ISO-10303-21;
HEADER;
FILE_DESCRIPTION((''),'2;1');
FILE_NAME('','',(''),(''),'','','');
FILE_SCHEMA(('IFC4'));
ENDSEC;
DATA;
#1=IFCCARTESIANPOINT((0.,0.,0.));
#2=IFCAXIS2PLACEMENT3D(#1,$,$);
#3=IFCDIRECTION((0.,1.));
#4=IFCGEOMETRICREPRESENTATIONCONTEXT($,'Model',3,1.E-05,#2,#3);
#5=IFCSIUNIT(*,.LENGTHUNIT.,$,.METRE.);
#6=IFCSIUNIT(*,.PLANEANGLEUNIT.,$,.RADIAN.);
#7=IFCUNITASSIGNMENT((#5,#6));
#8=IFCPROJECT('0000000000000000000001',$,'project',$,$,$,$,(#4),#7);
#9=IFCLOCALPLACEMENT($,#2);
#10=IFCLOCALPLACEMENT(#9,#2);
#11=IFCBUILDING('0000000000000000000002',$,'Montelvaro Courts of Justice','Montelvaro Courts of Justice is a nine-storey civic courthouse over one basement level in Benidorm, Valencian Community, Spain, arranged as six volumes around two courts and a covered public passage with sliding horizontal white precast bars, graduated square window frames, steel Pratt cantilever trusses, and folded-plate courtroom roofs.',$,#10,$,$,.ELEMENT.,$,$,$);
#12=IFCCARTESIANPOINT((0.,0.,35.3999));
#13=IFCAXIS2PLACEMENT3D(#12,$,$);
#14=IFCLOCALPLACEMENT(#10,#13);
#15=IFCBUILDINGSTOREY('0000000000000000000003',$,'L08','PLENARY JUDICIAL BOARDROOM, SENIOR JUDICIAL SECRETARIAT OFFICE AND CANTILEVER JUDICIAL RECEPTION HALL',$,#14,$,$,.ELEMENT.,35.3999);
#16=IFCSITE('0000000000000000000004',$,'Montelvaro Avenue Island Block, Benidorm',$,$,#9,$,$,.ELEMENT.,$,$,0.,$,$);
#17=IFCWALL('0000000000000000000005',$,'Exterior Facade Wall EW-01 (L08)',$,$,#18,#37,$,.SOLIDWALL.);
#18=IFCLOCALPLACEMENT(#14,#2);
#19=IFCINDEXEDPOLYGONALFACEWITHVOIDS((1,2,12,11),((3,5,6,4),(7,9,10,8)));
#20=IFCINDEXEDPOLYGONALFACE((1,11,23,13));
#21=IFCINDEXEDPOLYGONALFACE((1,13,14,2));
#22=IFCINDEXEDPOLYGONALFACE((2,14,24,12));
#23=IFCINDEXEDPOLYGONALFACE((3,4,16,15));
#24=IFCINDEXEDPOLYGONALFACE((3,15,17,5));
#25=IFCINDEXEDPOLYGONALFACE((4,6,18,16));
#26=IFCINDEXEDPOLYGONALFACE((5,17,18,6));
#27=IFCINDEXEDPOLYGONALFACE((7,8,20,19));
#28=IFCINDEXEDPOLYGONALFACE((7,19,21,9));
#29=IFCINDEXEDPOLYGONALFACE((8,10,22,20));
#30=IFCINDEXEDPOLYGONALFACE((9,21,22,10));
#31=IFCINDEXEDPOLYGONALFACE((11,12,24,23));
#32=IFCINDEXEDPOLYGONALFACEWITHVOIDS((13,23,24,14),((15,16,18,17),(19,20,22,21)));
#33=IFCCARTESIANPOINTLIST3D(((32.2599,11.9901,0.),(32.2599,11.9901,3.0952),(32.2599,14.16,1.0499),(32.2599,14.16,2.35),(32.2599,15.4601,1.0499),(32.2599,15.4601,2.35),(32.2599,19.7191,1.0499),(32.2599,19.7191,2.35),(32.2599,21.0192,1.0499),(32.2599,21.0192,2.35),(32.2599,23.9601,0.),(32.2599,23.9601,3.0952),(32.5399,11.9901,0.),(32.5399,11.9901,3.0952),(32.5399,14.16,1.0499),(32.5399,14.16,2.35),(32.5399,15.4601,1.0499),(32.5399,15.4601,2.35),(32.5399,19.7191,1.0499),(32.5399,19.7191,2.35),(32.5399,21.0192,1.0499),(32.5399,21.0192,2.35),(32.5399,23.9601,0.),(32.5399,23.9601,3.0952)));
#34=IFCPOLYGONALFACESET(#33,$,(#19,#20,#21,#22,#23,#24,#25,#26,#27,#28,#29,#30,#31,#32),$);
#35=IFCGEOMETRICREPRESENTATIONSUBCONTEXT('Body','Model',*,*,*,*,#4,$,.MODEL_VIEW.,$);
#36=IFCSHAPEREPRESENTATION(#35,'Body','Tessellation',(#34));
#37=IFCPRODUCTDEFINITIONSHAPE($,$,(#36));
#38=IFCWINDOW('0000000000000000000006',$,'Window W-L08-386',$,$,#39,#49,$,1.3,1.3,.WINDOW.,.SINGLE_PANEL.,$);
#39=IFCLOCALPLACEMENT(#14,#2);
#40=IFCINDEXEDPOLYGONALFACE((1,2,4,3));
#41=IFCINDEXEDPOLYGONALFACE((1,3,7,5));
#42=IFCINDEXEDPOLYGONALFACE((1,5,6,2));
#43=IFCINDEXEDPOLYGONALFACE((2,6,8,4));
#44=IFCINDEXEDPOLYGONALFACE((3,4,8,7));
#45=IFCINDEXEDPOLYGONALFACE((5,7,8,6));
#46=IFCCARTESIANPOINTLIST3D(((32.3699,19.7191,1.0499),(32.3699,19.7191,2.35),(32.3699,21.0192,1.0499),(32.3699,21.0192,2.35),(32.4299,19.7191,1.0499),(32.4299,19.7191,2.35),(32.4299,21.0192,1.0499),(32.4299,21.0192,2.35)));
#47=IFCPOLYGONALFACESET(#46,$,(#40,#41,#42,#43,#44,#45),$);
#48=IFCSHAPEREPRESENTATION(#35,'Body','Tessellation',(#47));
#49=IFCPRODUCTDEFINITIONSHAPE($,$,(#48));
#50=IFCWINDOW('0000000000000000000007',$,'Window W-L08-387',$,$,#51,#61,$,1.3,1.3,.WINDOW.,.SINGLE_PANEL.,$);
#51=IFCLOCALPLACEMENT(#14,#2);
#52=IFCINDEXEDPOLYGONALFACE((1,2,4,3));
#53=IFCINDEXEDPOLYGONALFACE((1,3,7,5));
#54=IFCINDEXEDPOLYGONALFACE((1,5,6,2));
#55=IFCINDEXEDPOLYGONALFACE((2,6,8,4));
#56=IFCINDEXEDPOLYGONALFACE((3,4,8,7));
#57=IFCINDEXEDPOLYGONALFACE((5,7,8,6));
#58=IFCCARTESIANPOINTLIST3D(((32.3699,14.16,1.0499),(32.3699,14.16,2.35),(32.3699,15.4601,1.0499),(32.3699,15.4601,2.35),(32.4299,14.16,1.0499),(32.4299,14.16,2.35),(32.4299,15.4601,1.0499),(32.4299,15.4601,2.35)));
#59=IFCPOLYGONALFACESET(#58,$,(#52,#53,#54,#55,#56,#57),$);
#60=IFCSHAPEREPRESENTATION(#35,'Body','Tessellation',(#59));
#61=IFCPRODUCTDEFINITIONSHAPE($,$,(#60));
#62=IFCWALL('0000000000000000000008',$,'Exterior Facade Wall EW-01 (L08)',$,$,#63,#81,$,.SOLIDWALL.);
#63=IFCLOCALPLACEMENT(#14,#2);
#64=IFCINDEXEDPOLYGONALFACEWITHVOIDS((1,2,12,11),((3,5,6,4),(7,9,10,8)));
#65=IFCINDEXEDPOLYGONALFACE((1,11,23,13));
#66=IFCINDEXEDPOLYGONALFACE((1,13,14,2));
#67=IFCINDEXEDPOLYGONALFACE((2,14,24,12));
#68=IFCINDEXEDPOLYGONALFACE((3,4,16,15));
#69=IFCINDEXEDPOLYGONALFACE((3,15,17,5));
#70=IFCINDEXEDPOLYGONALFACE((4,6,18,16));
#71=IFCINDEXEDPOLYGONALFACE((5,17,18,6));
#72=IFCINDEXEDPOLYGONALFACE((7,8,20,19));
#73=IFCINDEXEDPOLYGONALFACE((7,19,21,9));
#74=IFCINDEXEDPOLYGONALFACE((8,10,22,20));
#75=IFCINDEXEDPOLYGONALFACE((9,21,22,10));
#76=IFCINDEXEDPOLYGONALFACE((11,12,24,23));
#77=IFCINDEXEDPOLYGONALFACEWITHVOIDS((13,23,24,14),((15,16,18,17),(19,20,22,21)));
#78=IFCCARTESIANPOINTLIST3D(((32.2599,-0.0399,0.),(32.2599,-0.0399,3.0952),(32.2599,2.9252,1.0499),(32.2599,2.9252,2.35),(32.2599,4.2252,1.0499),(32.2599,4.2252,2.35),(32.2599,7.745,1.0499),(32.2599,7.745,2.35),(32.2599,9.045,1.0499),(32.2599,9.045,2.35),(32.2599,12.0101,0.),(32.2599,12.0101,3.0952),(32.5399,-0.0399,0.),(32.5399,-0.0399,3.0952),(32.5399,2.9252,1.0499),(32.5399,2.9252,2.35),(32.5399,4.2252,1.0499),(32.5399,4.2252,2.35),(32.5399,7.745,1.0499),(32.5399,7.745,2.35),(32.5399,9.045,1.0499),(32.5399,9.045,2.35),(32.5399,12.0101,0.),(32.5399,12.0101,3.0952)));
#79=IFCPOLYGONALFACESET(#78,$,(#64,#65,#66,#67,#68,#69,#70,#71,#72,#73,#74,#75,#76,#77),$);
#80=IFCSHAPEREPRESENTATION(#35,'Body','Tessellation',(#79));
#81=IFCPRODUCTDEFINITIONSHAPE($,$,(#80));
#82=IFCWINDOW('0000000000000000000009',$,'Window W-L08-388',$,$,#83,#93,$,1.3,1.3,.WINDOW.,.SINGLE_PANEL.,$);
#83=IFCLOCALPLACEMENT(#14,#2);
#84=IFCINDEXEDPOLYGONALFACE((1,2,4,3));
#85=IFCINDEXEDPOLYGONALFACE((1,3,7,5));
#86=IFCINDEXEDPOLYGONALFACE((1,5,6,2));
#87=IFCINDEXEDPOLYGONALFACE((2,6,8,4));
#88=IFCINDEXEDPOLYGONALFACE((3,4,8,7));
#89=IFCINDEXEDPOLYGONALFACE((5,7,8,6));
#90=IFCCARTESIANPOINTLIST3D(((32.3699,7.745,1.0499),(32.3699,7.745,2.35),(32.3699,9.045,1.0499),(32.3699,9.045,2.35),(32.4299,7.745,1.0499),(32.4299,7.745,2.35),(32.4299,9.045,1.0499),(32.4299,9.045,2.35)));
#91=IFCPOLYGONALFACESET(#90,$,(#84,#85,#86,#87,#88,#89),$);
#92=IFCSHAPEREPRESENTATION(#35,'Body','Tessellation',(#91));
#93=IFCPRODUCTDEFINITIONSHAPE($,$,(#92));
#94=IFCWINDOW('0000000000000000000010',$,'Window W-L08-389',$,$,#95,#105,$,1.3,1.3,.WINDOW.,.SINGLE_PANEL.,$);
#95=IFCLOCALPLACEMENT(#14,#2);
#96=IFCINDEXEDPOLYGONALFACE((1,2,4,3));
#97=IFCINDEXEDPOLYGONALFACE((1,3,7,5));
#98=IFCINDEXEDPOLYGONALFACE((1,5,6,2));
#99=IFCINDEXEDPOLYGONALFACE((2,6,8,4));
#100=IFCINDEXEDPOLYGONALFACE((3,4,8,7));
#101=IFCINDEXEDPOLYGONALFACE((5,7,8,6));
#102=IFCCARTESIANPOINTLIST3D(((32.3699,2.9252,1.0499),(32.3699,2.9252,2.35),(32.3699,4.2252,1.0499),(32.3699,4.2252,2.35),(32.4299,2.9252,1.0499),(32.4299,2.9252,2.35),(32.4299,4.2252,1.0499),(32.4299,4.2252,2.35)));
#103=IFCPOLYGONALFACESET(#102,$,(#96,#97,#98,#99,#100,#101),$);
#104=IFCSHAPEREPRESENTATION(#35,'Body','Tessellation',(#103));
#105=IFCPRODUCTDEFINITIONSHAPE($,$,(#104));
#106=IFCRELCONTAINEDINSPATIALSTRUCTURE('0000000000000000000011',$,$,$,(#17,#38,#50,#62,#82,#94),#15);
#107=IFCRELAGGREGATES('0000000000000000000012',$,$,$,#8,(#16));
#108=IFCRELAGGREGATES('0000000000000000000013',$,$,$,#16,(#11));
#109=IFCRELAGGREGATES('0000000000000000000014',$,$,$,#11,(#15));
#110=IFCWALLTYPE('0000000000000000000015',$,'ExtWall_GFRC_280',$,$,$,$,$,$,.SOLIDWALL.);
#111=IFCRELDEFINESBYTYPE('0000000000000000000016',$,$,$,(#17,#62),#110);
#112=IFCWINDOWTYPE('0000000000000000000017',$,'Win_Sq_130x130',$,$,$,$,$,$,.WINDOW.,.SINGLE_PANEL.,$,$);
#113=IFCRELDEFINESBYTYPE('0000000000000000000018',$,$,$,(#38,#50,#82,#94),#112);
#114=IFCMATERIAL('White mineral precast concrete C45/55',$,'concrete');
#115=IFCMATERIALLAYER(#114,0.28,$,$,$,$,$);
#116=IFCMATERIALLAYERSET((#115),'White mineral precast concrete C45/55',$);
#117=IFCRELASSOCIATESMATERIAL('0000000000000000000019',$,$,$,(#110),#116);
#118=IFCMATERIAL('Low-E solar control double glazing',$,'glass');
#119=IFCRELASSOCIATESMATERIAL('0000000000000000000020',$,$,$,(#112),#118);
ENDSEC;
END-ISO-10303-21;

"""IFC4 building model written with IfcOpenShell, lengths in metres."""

from ifc_helpers import new_model, si_unit, direction, frame, frame_2d, origin, place, context, subcontext, project, spatial, rectangle, extrude, material, layer, layer_set, type_object, element, fill, save


model = new_model("IFC4")

# Units and contexts
model_context = context("Model", 3, precision=1e-05, world=origin(), true_north=direction((0.0, 1.0)))
body_context = subcontext(model_context, "Body", "Model", "MODEL_VIEW")
ifc_project = project(units=[si_unit("LENGTHUNIT", "METRE"), si_unit("PLANEANGLEUNIT", "RADIAN")], contexts=[model_context])

# Site, building, storey
site_placement = place(None, origin())
site = spatial("IfcSite", under=ifc_project, at=site_placement, Name="Montelvaro Avenue Island Block, Benidorm", CompositionType="ELEMENT", RefElevation=0.0)
building_placement = place(site_placement, origin())
building = spatial("IfcBuilding", under=site, at=building_placement, Name="Montelvaro Courts of Justice", Description="Montelvaro Courts of Justice is a nine-storey civic courthouse over one basement level in Benidorm, Valencian Community, Spain, arranged as six volumes around two courts and a covered public passage with sliding horizontal white precast bars, graduated square window frames, steel Pratt cantilever trusses, and folded-plate courtroom roofs.", CompositionType="ELEMENT")
storey_placement = place(building_placement, frame((0.0, 0.0, 35.3999)))
storey = spatial("IfcBuildingStorey", under=building, at=storey_placement, Name="L08", Description="PLENARY JUDICIAL BOARDROOM, SENIOR JUDICIAL SECRETARIAT OFFICE AND CANTILEVER JUDICIAL RECEPTION HALL", CompositionType="ELEMENT", Elevation=35.3999)

# Shared definitions
ifc_material_1 = material(Name="White mineral precast concrete C45/55", Category="concrete")

# Shared definitions
ifc_layer_1 = layer(ifc_material_1, 0.28)
ifc_layer_set_1 = layer_set([ifc_layer_1], Name="White mineral precast concrete C45/55")
wall_type = type_object("IfcWallType", Name="ExtWall_GFRC_280", PredefinedType="SOLIDWALL", material=ifc_layer_set_1)

# Walls, openings, windows
wall_1_placement = place(storey_placement, frame((32.3999, 23.96, 0.0), z_axis=(0.0, 0.0, 1.0), x_axis=(0.0, -1.0, 0.0)))
wall_1 = element("IfcWall", 1, at=wall_1_placement, inside=storey, type_object=wall_type, Name="Exterior Facade Wall EW-01 (L08)", PredefinedType="SOLIDWALL", context=body_context, shape_type="SweptSolid", body=[
    extrude(rectangle(XDim=11.97, YDim=0.28, at=frame_2d((5.9849, 0.0))), origin(), (0.0, 0.0, 1.0), 3.0952),
])
opening_1_placement = place(wall_1_placement, frame((2.9409, 0.0, 1.05)))
opening_1 = element("IfcOpeningElement", 2, at=opening_1_placement, cuts=wall_1, PredefinedType="OPENING", context=body_context, shape_type="SweptSolid", body=[
    extrude(rectangle(XDim=1.3, YDim=1.3, at=frame_2d((0.6499, 0.6499))), frame((0.0, 0.1548, 0.0), z_axis=(0.0, -1.0, 0.0), x_axis=(1.0, 0.0, 0.0)), (0.0, 0.0, 1.0), 0.3098),
])
opening_2_placement = place(wall_1_placement, frame((8.5, 0.0, 1.05)))
opening_2 = element("IfcOpeningElement", 3, at=opening_2_placement, cuts=wall_1, PredefinedType="OPENING", context=body_context, shape_type="SweptSolid", body=[
    extrude(rectangle(XDim=1.3, YDim=1.3, at=frame_2d((0.6499, 0.6499))), frame((0.0, 0.1548, 0.0), z_axis=(0.0, -1.0, 0.0), x_axis=(1.0, 0.0, 0.0)), (0.0, 0.0, 1.0), 0.3098),
])
ifc_material_2 = material(Name="Low-E solar control double glazing", Category="glass")
window_type = type_object("IfcWindowType", Name="Win_Sq_130x130", PartitioningType="SINGLE_PANEL", PredefinedType="WINDOW", material=ifc_material_2)
window_1_placement = place(opening_1_placement, origin())
window_1 = element("IfcWindow", 4, at=window_1_placement, inside=storey, type_object=window_type, Name="Window W-L08-386", OverallHeight=1.3, OverallWidth=1.3, PartitioningType="SINGLE_PANEL", PredefinedType="WINDOW", context=body_context, shape_type="SweptSolid", body=[
    extrude(rectangle(XDim=1.3, YDim=1.3, at=frame_2d((0.6499, 0.6499))), frame((0.0, 0.03, 0.0), z_axis=(0.0, -1.0, 0.0), x_axis=(1.0, 0.0, 0.0)), (0.0, 0.0, 1.0), 0.0601),
])
fill(opening_1, window_1)
window_2_placement = place(opening_2_placement, origin())
window_2 = element("IfcWindow", 5, at=window_2_placement, inside=storey, type_object=window_type, Name="Window W-L08-387", OverallHeight=1.3, OverallWidth=1.3, PartitioningType="SINGLE_PANEL", PredefinedType="WINDOW", context=body_context, shape_type="SweptSolid", body=[
    extrude(rectangle(XDim=1.3, YDim=1.3, at=frame_2d((0.6499, 0.6499))), frame((0.0, 0.03, 0.0), z_axis=(0.0, -1.0, 0.0), x_axis=(1.0, 0.0, 0.0)), (0.0, 0.0, 1.0), 0.0601),
])
fill(opening_2, window_2)
wall_2_placement = place(storey_placement, frame((32.3999, 12.01, 0.0), z_axis=(0.0, 0.0, 1.0), x_axis=(0.0, -1.0, 0.0)))
wall_2 = element("IfcWall", 6, at=wall_2_placement, inside=storey, type_object=wall_type, Name="Exterior Facade Wall EW-01 (L08)", PredefinedType="SOLIDWALL", context=body_context, shape_type="SweptSolid", body=[
    extrude(rectangle(XDim=12.05, YDim=0.28, at=frame_2d((6.0249, 0.0))), origin(), (0.0, 0.0, 1.0), 3.0952),
])
opening_3_placement = place(wall_2_placement, frame((2.9651, 0.0, 1.05)))
opening_3 = element("IfcOpeningElement", 7, at=opening_3_placement, cuts=wall_2, PredefinedType="OPENING", context=body_context, shape_type="SweptSolid", body=[
    extrude(rectangle(XDim=1.3, YDim=1.3, at=frame_2d((0.6499, 0.6499))), frame((0.0, 0.1548, 0.0), z_axis=(0.0, -1.0, 0.0), x_axis=(1.0, 0.0, 0.0)), (0.0, 0.0, 1.0), 0.3098),
])
opening_4_placement = place(wall_2_placement, frame((7.7849, 0.0, 1.05)))
opening_4 = element("IfcOpeningElement", 8, at=opening_4_placement, cuts=wall_2, PredefinedType="OPENING", context=body_context, shape_type="SweptSolid", body=[
    extrude(rectangle(XDim=1.3, YDim=1.3, at=frame_2d((0.6499, 0.6499))), frame((0.0, 0.1548, 0.0), z_axis=(0.0, -1.0, 0.0), x_axis=(1.0, 0.0, 0.0)), (0.0, 0.0, 1.0), 0.3098),
])
window_3_placement = place(opening_3_placement, origin())
window_3 = element("IfcWindow", 9, at=window_3_placement, inside=storey, type_object=window_type, Name="Window W-L08-388", OverallHeight=1.3, OverallWidth=1.3, PartitioningType="SINGLE_PANEL", PredefinedType="WINDOW", context=body_context, shape_type="SweptSolid", body=[
    extrude(rectangle(XDim=1.3, YDim=1.3, at=frame_2d((0.6499, 0.6499))), frame((0.0, 0.03, 0.0), z_axis=(0.0, -1.0, 0.0), x_axis=(1.0, 0.0, 0.0)), (0.0, 0.0, 1.0), 0.0601),
])
fill(opening_3, window_3)
window_4_placement = place(opening_4_placement, origin())
window_4 = element("IfcWindow", 10, at=window_4_placement, inside=storey, type_object=window_type, Name="Window W-L08-389", OverallHeight=1.3, OverallWidth=1.3, PartitioningType="SINGLE_PANEL", PredefinedType="WINDOW", context=body_context, shape_type="SweptSolid", body=[
    extrude(rectangle(XDim=1.3, YDim=1.3, at=frame_2d((0.6499, 0.6499))), frame((0.0, 0.03, 0.0), z_axis=(0.0, -1.0, 0.0), x_axis=(1.0, 0.0, 0.0)), (0.0, 0.0, 1.0), 0.0601),
])
fill(opening_4, window_4)

save(model, "model.ifc")
